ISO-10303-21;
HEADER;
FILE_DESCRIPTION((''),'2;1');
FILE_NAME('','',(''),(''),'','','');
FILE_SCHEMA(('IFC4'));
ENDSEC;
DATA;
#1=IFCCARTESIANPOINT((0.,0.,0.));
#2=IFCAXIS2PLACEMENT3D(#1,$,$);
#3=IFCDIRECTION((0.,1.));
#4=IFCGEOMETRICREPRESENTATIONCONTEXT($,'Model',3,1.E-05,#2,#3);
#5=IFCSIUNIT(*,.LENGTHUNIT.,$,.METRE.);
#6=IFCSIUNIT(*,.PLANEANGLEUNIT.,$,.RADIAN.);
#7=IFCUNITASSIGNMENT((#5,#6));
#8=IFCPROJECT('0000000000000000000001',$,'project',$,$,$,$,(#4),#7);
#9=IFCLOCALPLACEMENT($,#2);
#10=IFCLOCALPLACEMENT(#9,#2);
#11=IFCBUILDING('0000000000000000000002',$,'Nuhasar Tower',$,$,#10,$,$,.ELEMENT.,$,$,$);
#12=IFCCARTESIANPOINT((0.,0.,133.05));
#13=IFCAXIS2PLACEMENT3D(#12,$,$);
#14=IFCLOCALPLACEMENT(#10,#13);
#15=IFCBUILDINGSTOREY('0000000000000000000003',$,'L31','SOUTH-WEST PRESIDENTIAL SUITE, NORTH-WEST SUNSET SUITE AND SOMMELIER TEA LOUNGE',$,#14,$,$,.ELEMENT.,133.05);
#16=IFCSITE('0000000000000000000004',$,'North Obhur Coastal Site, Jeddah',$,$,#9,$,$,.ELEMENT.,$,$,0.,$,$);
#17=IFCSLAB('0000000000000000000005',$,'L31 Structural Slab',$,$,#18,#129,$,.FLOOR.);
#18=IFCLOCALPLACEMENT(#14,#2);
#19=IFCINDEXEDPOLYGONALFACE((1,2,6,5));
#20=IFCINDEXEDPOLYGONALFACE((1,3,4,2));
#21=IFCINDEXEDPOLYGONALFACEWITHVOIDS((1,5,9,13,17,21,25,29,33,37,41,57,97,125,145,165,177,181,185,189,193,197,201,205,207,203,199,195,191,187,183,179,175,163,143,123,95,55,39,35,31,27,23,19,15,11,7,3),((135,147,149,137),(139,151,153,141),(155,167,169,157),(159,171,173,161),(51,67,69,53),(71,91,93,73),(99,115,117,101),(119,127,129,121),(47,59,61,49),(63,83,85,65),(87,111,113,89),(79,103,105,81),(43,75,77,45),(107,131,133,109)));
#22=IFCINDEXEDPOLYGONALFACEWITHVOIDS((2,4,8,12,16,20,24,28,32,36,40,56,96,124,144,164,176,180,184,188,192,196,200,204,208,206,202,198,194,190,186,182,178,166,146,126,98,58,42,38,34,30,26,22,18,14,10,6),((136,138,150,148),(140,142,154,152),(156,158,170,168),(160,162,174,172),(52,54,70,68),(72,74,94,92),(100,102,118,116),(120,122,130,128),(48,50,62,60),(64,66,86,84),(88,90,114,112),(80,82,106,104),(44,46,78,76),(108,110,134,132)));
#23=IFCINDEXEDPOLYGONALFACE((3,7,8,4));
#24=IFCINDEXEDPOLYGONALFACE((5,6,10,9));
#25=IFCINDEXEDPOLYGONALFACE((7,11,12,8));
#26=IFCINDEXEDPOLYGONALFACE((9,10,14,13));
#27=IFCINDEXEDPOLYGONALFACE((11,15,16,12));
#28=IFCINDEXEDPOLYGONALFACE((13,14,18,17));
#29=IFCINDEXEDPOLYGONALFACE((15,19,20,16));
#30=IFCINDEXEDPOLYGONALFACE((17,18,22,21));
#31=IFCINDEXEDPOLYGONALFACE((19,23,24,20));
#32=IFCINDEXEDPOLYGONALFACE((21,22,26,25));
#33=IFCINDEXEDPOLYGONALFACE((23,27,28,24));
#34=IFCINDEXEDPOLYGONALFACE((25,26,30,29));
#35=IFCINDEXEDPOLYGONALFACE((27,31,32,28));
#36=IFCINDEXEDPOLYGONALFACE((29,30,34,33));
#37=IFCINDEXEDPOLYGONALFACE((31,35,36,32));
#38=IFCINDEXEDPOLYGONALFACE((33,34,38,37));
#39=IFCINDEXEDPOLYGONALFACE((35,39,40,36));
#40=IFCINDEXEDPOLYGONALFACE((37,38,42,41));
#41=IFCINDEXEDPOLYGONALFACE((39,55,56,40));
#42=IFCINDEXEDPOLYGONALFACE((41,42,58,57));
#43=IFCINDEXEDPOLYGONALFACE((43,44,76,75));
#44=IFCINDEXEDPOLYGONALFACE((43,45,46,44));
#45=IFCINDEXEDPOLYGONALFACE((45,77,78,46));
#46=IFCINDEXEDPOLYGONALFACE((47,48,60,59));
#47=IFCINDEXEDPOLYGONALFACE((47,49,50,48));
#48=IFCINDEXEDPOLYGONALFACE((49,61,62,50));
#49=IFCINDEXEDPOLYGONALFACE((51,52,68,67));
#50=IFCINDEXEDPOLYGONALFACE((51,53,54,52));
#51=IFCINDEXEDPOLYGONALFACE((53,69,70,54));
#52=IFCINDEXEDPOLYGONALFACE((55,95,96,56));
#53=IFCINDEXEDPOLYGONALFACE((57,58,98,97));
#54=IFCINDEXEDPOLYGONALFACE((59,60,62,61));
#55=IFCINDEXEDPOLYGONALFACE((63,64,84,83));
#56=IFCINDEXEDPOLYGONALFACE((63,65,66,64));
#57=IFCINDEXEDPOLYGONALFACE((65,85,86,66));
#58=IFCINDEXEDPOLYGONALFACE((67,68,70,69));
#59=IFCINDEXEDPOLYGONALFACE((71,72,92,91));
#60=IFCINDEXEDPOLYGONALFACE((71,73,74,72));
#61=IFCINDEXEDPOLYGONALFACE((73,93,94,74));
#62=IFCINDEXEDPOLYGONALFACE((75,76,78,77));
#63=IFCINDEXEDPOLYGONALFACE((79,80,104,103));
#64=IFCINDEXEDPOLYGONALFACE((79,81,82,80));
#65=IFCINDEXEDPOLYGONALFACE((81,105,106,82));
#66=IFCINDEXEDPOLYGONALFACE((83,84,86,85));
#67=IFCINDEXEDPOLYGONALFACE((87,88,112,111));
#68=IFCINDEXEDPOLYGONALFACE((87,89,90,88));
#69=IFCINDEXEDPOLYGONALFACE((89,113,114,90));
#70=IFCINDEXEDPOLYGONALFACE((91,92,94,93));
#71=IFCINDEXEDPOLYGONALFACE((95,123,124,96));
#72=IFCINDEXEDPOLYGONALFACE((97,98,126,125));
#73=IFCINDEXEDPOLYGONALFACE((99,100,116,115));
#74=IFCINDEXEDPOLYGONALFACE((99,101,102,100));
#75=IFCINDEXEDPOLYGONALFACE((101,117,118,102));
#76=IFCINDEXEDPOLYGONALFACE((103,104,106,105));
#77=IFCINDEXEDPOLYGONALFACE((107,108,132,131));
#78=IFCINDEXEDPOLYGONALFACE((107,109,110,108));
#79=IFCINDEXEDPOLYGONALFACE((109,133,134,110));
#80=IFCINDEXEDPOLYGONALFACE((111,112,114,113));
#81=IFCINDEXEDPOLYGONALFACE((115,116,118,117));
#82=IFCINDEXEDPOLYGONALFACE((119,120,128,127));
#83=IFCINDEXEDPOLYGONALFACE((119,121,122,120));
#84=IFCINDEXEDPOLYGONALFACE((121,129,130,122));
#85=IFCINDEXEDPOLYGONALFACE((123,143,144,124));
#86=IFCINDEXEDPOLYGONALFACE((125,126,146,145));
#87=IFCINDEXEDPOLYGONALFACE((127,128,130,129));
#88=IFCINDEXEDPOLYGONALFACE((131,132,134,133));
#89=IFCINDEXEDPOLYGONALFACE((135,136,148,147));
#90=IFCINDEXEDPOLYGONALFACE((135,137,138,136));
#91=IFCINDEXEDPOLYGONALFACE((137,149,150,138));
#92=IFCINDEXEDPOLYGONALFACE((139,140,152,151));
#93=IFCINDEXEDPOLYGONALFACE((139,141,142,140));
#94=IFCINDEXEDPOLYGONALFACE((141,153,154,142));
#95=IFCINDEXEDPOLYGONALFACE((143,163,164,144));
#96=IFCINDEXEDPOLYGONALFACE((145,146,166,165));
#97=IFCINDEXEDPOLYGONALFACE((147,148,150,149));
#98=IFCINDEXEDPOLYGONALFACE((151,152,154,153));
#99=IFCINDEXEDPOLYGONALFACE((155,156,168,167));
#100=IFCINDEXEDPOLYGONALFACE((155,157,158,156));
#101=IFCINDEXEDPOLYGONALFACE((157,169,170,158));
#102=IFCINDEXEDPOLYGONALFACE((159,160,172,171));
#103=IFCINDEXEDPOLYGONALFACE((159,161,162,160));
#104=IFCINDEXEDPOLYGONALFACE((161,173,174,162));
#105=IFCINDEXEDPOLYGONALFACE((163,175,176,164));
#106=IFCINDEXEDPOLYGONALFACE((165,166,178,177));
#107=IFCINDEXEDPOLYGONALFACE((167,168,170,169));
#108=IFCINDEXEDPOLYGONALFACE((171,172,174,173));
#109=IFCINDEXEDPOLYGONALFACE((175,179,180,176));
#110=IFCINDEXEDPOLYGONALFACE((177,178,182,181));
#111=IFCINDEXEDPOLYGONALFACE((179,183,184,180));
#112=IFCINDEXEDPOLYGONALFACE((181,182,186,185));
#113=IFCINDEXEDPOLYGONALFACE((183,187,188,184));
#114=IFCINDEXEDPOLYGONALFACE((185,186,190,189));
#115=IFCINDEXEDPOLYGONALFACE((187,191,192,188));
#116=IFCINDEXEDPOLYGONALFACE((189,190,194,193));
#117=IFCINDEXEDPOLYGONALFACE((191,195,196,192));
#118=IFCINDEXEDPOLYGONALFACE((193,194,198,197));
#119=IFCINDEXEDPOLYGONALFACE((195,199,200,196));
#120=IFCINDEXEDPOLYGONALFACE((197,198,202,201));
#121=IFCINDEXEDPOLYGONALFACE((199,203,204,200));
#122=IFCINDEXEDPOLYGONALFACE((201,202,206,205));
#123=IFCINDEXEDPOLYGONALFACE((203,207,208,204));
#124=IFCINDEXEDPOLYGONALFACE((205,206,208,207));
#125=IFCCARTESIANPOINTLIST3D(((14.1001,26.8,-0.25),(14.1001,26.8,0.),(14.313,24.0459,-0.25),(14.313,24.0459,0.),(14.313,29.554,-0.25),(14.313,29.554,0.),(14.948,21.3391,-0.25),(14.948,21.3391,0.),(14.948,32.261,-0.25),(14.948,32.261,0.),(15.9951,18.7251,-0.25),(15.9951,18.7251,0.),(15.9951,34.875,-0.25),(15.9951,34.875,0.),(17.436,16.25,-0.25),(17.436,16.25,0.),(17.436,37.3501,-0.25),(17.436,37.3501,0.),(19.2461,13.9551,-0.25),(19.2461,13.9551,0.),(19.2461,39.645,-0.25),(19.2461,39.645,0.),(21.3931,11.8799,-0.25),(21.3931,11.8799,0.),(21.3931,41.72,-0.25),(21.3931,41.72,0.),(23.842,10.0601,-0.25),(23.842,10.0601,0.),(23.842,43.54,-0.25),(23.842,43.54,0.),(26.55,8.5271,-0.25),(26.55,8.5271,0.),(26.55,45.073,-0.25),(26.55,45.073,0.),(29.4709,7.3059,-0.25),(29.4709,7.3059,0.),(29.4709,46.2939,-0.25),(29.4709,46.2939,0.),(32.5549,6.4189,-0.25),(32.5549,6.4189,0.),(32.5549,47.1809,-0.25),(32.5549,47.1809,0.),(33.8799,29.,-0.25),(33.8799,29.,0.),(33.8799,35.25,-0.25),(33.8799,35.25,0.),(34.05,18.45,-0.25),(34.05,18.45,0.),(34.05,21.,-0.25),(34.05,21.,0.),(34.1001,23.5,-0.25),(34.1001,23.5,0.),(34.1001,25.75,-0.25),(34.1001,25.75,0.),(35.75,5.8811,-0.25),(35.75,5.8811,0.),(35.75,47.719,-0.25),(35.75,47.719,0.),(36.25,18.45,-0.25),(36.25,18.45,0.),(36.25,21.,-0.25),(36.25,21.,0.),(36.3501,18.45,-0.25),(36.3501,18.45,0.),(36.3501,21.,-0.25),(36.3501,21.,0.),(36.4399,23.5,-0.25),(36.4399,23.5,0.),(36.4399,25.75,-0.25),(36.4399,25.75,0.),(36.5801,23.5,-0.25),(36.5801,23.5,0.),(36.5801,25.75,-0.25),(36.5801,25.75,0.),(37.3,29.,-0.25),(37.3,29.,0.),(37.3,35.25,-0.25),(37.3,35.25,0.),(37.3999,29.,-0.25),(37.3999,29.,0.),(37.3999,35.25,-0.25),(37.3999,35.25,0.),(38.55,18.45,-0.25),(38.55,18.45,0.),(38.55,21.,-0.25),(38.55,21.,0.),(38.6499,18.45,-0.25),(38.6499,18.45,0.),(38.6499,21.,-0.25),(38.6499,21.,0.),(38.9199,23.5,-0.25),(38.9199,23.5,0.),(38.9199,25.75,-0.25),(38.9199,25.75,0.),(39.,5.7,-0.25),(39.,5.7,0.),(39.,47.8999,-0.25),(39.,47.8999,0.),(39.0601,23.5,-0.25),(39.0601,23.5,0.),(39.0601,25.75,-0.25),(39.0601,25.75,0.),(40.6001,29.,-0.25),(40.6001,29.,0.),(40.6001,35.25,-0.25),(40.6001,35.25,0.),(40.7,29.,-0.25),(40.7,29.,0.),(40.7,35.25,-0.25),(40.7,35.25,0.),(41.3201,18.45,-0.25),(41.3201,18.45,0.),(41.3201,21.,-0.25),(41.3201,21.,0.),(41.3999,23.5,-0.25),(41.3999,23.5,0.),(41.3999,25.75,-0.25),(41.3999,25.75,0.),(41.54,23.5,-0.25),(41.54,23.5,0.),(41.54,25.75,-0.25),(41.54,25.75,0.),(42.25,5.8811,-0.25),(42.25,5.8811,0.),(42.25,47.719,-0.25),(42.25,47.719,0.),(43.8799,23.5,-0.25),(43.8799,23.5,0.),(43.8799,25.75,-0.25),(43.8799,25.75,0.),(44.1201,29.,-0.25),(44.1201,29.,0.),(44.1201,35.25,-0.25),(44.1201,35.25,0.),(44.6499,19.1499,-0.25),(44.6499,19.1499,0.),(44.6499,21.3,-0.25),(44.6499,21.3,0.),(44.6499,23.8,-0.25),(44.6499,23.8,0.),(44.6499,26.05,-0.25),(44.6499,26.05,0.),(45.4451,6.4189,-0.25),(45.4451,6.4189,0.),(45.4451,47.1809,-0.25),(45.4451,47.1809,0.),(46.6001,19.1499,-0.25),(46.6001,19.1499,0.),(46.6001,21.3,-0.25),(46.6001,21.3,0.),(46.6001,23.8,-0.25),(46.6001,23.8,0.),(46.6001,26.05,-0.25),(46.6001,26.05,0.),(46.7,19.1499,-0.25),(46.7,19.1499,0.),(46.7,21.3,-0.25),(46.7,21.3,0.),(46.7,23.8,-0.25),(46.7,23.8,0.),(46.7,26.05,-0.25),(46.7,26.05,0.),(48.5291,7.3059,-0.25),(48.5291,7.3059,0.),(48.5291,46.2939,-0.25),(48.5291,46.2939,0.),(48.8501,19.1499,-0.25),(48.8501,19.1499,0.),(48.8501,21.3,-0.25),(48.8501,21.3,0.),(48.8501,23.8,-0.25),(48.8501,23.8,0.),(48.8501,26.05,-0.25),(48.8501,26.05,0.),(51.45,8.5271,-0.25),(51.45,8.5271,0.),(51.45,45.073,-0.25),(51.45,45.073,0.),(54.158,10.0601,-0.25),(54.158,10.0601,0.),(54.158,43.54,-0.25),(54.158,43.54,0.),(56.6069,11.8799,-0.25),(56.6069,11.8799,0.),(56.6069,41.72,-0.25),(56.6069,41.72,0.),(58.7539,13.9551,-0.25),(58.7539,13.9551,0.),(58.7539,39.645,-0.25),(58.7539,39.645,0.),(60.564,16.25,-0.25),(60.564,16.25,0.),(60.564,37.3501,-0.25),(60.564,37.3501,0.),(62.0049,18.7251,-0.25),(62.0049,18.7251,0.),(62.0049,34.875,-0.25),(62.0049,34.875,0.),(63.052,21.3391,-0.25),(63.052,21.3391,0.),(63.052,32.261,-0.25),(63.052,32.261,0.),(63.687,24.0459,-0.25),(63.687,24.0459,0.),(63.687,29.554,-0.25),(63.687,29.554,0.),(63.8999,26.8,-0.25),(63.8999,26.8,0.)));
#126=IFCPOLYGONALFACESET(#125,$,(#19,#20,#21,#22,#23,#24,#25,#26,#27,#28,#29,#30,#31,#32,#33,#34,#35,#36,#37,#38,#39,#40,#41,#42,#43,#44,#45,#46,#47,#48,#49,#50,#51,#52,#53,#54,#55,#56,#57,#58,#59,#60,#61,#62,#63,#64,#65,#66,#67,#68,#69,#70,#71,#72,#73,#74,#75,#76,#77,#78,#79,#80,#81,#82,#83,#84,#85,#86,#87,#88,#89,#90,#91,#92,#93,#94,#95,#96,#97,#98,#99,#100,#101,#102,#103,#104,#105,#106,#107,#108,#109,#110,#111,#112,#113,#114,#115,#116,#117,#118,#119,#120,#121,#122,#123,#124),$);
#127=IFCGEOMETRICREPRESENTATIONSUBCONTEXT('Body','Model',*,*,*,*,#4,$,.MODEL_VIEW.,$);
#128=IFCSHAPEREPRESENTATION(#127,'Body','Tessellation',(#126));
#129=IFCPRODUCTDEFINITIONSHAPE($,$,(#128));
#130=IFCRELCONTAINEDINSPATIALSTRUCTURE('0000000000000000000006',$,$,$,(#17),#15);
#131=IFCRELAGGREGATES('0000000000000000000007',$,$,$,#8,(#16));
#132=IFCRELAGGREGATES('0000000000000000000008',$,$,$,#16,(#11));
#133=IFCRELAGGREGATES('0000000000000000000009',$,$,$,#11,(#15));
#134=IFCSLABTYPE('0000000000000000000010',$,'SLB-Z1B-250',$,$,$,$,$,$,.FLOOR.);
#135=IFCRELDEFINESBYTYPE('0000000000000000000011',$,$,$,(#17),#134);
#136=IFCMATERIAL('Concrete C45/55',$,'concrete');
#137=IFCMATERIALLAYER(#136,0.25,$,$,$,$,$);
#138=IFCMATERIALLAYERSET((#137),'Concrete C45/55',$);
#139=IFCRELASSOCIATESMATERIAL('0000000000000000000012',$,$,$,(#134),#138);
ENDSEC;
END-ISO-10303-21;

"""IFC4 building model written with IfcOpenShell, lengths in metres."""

from ifc_helpers import new_model, si_unit, direction, frame, origin, place, context, subcontext, project, spatial, polyline, outline, extrude, material, layer, layer_set, type_object, element, save


model = new_model("IFC4")

# Units and contexts
model_context = context("Model", 3, precision=1e-05, world=origin(), true_north=direction((0.0, 1.0)))
body_context = subcontext(model_context, "Body", "Model", "MODEL_VIEW")
ifc_project = project(units=[si_unit("LENGTHUNIT", "METRE"), si_unit("PLANEANGLEUNIT", "RADIAN")], contexts=[model_context])

# Site, building, storey
site_placement = place(None, origin())
site = spatial("IfcSite", under=ifc_project, at=site_placement, Name="North Obhur Coastal Site, Jeddah", CompositionType="ELEMENT", RefElevation=0.0)
building_placement = place(site_placement, origin())
building = spatial("IfcBuilding", under=site, at=building_placement, Name="Nuhasar Tower", CompositionType="ELEMENT")
storey_placement = place(building_placement, frame((0.0, 0.0, 133.05)))
storey = spatial("IfcBuildingStorey", under=building, at=storey_placement, Name="L31", Description="SOUTH-WEST PRESIDENTIAL SUITE, NORTH-WEST SUNSET SUITE AND SOMMELIER TEA LOUNGE", CompositionType="ELEMENT", Elevation=133.05)

# Shared definitions
ifc_material_1 = material(Name="Concrete C45/55", Category="concrete")

# Slab
ifc_layer_1 = layer(ifc_material_1, 0.25)
ifc_layer_set_1 = layer_set([ifc_layer_1], Name="Concrete C45/55")
slab_type_1 = type_object("IfcSlabType", Name="SLB-Z1B-250", PredefinedType="FLOOR", material=ifc_layer_set_1)
slab_1_placement = place(storey_placement, frame((0.0, 0.0, -0.25)))
element("IfcSlab", 1, at=slab_1_placement, inside=storey, type_object=slab_type_1, Name="L31 Structural Slab", PredefinedType="FLOOR", context=body_context, shape_type="SweptSolid", body=[
    extrude(outline(polyline([(63.8999, 26.8), (63.687, 29.554), (63.052, 32.261), (62.0049, 34.875), (60.564, 37.3501), (58.7539, 39.645), (56.6069, 41.72), (54.158, 43.54), (51.45, 45.073), (48.5291, 46.2939), (45.4451, 47.1809), (42.25, 47.719), (39.0, 47.8999), (35.75, 47.719), (32.5549, 47.1809), (29.4709, 46.2939), (26.55, 45.073), (23.842, 43.54), (21.3931, 41.72), (19.2461, 39.645), (17.436, 37.3501), (15.9951, 34.875), (14.948, 32.261), (14.313, 29.554), (14.1001, 26.8), (14.313, 24.0459), (14.948, 21.3391), (15.9951, 18.7251), (17.436, 16.25), (19.2461, 13.9551), (21.3931, 11.8799), (23.842, 10.0601), (26.55, 8.5271), (29.4709, 7.3059), (32.5549, 6.4189), (35.75, 5.8811), (39.0, 5.7), (42.25, 5.8811), (45.4451, 6.4189), (48.5291, 7.3059), (51.45, 8.5271), (54.158, 10.0601), (56.6069, 11.8799), (58.7539, 13.9551), (60.564, 16.25), (62.0049, 18.7251), (63.052, 21.3391), (63.687, 24.0459), (63.8999, 26.8)]), holes=[polyline([(33.8799, 35.25), (37.3, 35.25), (37.3, 29.0), (33.8799, 29.0), (33.8799, 35.25)]), polyline([(37.3999, 35.25), (40.6001, 35.25), (40.6001, 29.0), (37.3999, 29.0), (37.3999, 35.25)]), polyline([(40.7, 35.25), (44.1201, 35.25), (44.1201, 29.0), (40.7, 29.0), (40.7, 35.25)]), polyline([(44.6499, 26.05), (46.6001, 26.05), (46.6001, 23.8), (44.6499, 23.8), (44.6499, 26.05)]), polyline([(46.7, 26.05), (48.8501, 26.05), (48.8501, 23.8), (46.7, 23.8), (46.7, 26.05)]), polyline([(44.6499, 21.3), (46.6001, 21.3), (46.6001, 19.1499), (44.6499, 19.1499), (44.6499, 21.3)]), polyline([(46.7, 21.3), (48.8501, 21.3), (48.8501, 19.1499), (46.7, 19.1499), (46.7, 21.3)]), polyline([(34.1001, 25.75), (36.4399, 25.75), (36.4399, 23.5), (34.1001, 23.5), (34.1001, 25.75)]), polyline([(36.5801, 25.75), (38.9199, 25.75), (38.9199, 23.5), (36.5801, 23.5), (36.5801, 25.75)]), polyline([(39.0601, 25.75), (41.3999, 25.75), (41.3999, 23.5), (39.0601, 23.5), (39.0601, 25.75)]), polyline([(41.54, 25.75), (43.8799, 25.75), (43.8799, 23.5), (41.54, 23.5), (41.54, 25.75)]), polyline([(34.05, 21.0), (36.25, 21.0), (36.25, 18.45), (34.05, 18.45), (34.05, 21.0)]), polyline([(36.3501, 21.0), (38.55, 21.0), (38.55, 18.45), (36.3501, 18.45), (36.3501, 21.0)]), polyline([(38.6499, 21.0), (41.3201, 21.0), (41.3201, 18.45), (38.6499, 18.45), (38.6499, 21.0)])]), origin(), (0.0, 0.0, 1.0), 0.25),
])

save(model, "model.ifc")
